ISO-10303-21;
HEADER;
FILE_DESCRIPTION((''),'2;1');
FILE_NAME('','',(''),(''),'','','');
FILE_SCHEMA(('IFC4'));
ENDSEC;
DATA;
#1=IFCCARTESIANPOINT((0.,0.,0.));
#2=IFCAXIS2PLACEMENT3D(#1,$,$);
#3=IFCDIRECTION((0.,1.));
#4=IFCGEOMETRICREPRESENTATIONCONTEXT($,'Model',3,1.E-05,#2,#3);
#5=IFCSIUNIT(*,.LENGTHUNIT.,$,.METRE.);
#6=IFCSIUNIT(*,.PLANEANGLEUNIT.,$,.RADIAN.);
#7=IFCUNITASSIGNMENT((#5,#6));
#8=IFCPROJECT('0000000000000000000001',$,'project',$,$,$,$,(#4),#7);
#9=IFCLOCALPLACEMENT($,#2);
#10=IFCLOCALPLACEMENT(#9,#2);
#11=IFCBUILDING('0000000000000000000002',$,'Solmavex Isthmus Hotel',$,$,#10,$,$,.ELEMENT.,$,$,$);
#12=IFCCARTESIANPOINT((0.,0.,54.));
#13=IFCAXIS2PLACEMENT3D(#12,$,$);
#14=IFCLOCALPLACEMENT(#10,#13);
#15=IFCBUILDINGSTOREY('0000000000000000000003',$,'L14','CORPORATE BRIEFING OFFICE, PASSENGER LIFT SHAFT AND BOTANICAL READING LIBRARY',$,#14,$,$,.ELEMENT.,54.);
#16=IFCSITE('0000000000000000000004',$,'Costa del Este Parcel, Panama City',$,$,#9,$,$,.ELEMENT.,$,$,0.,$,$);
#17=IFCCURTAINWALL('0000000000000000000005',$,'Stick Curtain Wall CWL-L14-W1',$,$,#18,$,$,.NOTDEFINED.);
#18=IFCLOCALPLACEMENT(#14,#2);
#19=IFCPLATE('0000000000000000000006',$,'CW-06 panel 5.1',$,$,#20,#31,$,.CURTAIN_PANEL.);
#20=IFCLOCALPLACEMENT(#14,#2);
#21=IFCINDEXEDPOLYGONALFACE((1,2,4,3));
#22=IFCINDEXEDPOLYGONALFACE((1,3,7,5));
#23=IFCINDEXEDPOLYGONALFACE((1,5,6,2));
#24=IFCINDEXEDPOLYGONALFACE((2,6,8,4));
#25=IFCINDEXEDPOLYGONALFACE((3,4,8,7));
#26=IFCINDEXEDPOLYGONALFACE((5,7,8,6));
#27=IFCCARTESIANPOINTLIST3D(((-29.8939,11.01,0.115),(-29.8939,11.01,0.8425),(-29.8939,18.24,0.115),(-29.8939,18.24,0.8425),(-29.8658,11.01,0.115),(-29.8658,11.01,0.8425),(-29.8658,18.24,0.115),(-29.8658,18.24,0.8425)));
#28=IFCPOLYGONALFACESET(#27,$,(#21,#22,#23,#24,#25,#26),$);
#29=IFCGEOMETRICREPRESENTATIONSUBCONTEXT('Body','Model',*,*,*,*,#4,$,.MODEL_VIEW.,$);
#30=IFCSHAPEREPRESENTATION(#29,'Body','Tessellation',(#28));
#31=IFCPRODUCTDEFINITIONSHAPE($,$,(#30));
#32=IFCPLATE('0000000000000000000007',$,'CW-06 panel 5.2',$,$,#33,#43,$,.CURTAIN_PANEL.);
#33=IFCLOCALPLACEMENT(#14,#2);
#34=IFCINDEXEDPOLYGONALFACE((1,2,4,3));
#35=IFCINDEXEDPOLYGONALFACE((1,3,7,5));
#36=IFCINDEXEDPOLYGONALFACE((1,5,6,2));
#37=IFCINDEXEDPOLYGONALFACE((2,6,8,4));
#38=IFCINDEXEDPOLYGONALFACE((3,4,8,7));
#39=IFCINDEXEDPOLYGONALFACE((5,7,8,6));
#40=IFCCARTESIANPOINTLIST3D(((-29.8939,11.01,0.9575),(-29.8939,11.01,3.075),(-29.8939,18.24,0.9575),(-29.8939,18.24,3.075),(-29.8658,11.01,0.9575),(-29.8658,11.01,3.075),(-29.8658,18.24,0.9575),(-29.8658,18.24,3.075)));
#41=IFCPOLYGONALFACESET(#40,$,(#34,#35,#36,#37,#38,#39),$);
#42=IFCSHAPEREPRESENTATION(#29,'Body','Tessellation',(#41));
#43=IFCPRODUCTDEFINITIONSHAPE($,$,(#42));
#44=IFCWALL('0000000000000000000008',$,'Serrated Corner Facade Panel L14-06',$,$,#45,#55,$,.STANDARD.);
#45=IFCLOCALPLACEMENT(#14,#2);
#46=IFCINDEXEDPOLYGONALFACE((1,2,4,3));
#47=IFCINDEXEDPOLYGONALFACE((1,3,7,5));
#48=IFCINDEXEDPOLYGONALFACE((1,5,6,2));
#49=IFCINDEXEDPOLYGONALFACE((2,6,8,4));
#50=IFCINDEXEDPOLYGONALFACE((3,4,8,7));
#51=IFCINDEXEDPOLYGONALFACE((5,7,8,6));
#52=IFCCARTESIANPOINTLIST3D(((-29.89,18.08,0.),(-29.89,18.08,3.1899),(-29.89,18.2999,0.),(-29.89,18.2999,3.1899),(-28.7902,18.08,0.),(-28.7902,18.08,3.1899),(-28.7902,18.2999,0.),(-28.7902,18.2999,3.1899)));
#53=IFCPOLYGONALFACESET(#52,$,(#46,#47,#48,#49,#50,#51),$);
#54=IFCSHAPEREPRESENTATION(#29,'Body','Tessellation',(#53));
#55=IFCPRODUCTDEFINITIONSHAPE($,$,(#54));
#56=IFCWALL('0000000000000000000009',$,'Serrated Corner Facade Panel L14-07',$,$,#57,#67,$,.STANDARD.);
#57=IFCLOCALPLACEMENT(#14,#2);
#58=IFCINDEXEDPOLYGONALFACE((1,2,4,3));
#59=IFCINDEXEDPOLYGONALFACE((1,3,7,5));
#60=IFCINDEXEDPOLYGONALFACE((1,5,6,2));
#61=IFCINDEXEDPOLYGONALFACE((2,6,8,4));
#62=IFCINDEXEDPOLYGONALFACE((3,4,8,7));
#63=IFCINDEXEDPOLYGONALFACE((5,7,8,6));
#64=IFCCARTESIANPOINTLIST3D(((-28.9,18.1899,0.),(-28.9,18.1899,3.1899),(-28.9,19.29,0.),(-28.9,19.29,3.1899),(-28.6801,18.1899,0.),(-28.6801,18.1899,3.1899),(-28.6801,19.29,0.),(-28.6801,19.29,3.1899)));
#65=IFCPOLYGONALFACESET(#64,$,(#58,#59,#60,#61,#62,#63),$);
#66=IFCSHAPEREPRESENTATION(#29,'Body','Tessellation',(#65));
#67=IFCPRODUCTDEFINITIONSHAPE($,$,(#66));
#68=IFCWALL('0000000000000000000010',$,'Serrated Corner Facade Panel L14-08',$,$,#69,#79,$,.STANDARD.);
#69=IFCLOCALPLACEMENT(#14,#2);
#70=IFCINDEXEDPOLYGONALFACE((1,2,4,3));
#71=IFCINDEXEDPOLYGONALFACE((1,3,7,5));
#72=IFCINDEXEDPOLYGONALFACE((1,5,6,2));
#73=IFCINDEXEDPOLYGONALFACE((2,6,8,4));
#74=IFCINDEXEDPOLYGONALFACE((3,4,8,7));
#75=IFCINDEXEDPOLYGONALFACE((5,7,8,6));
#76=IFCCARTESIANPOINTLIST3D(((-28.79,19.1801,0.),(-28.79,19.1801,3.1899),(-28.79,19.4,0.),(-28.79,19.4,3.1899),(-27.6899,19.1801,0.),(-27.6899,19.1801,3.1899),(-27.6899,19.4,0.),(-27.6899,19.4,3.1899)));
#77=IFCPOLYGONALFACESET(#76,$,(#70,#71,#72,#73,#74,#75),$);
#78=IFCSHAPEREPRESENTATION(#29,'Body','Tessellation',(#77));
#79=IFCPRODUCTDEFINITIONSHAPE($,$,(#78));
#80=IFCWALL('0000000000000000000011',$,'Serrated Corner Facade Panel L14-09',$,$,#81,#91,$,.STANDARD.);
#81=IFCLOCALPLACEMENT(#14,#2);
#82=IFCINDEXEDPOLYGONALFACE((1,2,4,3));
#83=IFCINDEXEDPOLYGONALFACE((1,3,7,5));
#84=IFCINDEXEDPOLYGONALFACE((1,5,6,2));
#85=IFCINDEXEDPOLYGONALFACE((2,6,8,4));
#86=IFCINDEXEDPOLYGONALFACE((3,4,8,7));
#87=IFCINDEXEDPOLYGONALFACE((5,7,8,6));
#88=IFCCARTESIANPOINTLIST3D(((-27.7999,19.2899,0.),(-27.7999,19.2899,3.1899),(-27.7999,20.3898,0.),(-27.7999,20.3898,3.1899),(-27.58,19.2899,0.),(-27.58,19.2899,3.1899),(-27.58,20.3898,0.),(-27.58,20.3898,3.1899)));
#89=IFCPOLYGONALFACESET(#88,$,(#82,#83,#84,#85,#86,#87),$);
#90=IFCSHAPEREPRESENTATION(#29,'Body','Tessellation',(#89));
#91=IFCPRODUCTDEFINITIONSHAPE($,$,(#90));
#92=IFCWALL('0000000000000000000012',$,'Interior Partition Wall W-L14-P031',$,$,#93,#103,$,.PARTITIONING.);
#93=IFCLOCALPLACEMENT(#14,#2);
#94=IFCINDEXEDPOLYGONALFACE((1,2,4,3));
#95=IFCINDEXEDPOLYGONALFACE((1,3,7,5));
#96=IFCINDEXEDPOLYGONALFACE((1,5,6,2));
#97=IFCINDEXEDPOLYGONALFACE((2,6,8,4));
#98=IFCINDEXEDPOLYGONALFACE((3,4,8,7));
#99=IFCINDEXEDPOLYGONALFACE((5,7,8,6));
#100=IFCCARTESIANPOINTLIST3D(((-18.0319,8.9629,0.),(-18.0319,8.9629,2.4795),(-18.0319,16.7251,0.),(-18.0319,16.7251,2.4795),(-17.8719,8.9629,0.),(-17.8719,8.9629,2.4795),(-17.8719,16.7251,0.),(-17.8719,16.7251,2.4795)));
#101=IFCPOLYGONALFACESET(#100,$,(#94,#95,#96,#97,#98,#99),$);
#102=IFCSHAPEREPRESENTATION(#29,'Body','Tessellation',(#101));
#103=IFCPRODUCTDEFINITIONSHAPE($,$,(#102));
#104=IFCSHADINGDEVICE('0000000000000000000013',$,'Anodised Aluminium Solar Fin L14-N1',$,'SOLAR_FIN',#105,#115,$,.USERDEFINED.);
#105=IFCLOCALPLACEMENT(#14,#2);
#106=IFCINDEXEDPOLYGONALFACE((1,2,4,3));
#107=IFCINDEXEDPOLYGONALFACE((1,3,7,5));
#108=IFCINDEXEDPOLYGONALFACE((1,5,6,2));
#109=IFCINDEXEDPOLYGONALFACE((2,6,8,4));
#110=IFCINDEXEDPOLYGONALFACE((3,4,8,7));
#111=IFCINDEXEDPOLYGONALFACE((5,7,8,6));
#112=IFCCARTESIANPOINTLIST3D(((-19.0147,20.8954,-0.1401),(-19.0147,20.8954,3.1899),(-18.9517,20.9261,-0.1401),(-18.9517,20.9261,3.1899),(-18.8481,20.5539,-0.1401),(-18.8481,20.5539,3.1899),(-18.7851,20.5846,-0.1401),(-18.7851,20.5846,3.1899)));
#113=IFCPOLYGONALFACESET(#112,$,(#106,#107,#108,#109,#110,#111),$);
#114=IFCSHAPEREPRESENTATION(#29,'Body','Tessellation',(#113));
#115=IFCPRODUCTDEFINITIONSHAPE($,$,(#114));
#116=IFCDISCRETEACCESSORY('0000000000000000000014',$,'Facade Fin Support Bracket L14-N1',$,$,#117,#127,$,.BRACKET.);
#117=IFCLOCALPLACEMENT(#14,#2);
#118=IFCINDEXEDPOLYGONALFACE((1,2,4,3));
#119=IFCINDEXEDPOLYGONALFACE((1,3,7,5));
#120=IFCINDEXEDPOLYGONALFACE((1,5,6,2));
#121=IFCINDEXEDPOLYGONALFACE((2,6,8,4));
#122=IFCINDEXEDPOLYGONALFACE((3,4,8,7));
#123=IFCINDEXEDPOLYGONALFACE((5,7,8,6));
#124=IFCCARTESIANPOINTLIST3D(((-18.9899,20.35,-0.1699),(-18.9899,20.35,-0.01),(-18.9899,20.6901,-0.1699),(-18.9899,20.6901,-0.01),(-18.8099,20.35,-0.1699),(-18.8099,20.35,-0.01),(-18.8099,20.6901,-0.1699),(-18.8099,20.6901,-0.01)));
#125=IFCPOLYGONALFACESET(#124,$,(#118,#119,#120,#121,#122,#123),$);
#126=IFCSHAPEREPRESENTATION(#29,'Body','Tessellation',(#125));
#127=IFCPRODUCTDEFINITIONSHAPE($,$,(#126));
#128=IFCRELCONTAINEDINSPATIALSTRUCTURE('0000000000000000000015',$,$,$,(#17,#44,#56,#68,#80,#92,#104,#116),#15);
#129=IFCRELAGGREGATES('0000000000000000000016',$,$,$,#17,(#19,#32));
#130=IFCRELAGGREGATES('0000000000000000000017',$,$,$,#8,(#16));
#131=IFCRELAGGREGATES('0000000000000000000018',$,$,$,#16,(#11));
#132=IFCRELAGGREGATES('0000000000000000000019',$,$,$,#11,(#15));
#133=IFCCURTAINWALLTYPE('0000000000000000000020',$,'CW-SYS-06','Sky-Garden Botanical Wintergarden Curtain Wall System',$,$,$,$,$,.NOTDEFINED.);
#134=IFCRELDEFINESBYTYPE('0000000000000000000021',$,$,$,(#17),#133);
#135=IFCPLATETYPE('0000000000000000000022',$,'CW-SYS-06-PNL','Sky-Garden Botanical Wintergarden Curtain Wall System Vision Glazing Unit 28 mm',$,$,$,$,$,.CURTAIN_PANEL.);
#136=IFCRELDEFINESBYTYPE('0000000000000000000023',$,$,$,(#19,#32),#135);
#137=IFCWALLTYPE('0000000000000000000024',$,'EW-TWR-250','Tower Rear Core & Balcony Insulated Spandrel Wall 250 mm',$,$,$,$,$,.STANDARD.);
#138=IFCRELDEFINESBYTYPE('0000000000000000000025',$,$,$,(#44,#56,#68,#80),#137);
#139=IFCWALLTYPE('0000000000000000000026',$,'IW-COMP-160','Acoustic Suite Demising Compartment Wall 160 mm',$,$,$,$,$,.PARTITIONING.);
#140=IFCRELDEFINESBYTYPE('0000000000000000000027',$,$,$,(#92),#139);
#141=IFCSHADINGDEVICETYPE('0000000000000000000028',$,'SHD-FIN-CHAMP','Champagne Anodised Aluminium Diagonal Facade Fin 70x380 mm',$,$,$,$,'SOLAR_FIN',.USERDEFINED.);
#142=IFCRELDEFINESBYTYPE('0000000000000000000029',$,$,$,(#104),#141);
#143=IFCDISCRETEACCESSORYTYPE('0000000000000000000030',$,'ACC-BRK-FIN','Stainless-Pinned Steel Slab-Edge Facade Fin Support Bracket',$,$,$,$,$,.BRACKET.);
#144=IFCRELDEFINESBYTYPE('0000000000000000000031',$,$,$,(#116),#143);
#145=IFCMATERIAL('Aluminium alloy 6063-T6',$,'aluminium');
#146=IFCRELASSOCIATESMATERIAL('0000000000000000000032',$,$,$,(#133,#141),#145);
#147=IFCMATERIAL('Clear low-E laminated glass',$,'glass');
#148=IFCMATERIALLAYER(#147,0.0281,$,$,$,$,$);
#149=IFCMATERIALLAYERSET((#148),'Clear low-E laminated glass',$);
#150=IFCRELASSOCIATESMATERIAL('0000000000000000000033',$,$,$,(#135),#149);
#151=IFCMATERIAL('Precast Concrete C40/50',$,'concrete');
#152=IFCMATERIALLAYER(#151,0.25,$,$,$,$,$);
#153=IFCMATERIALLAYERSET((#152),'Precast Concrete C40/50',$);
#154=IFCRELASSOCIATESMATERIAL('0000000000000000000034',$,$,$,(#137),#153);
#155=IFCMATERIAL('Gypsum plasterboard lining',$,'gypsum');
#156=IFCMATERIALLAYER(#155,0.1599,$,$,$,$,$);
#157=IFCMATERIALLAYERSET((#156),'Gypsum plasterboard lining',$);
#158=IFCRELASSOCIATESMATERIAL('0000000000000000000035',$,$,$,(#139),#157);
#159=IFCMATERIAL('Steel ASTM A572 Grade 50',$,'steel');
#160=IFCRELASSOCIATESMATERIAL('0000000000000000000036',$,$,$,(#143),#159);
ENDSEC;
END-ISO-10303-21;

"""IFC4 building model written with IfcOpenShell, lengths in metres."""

from ifc_helpers import new_model, si_unit, direction, frame, frame_2d, origin, origin_2d, place, context, subcontext, project, spatial, rectangle, extrude, material, layer, layer_set, type_object, element, aggregate, save


model = new_model("IFC4")

# Units and contexts
model_context = context("Model", 3, precision=1e-05, world=origin(), true_north=direction((0.0, 1.0)))
body_context = subcontext(model_context, "Body", "Model", "MODEL_VIEW")
ifc_project = project(units=[si_unit("LENGTHUNIT", "METRE"), si_unit("PLANEANGLEUNIT", "RADIAN")], contexts=[model_context])

# Site, building, storey
site_placement = place(None, origin())
site = spatial("IfcSite", under=ifc_project, at=site_placement, Name="Costa del Este Parcel, Panama City", CompositionType="ELEMENT", RefElevation=0.0)
building_placement = place(site_placement, origin())
building = spatial("IfcBuilding", under=site, at=building_placement, Name="Solmavex Isthmus Hotel", CompositionType="ELEMENT")
storey_placement = place(building_placement, frame((0.0, 0.0, 54.0)))
storey = spatial("IfcBuildingStorey", under=building, at=storey_placement, Name="L14", Description="CORPORATE BRIEFING OFFICE, PASSENGER LIFT SHAFT AND BOTANICAL READING LIBRARY", CompositionType="ELEMENT", Elevation=54.0)

# Shared definitions
ifc_material_1 = material(Name="Aluminium alloy 6063-T6", Category="aluminium")
curtain_wall_type = type_object("IfcCurtainWallType", Name="CW-SYS-06", Description="Sky-Garden Botanical Wintergarden Curtain Wall System", PredefinedType="NOTDEFINED", material=ifc_material_1)

# Curtain wall
curtain_wall_1_placement = place(storey_placement, origin())
curtain_wall_1 = element("IfcCurtainWall", 1, at=curtain_wall_1_placement, inside=storey, type_object=curtain_wall_type, Name="Stick Curtain Wall CWL-L14-W1", PredefinedType="NOTDEFINED")

# Plates
ifc_material_2 = material(Name="Clear low-E laminated glass", Category="glass")
ifc_layer_1 = layer(ifc_material_2, 0.0281)
ifc_layer_set_1 = layer_set([ifc_layer_1], Name="Clear low-E laminated glass")
plate_type = type_object("IfcPlateType", Name="CW-SYS-06-PNL", Description="Sky-Garden Botanical Wintergarden Curtain Wall System Vision Glazing Unit 28 mm", PredefinedType="CURTAIN_PANEL", material=ifc_layer_set_1)
plate_1_placement = place(storey_placement, frame((-29.8799, 14.625, 0.115), z_axis=(0.0, 0.0, 1.0), x_axis=(0.0, 1.0, 0.0)))
plate_1 = element("IfcPlate", 2, at=plate_1_placement, type_object=plate_type, Name="CW-06 panel 5.1", PredefinedType="CURTAIN_PANEL", context=body_context, shape_type="SweptSolid", body=[
    extrude(rectangle(XDim=7.23, YDim=0.0281, at=origin_2d()), origin(), (0.0, 0.0, 1.0), 0.7275),
])
plate_2_placement = place(storey_placement, frame((-29.8799, 14.625, 0.9575), z_axis=(0.0, 0.0, 1.0), x_axis=(0.0, 1.0, 0.0)))
plate_2 = element("IfcPlate", 3, at=plate_2_placement, type_object=plate_type, Name="CW-06 panel 5.2", PredefinedType="CURTAIN_PANEL", context=body_context, shape_type="SweptSolid", body=[
    extrude(rectangle(XDim=7.23, YDim=0.0281, at=origin_2d()), origin(), (0.0, 0.0, 1.0), 2.1174),
])
aggregate(curtain_wall_1, [plate_1, plate_2])

# Walls
ifc_material_3 = material(Name="Precast Concrete C40/50", Category="concrete")
ifc_layer_2 = layer(ifc_material_3, 0.25)
ifc_layer_set_2 = layer_set([ifc_layer_2], Name="Precast Concrete C40/50")
wall_type_1 = type_object("IfcWallType", Name="EW-TWR-250", Description="Tower Rear Core & Balcony Insulated Spandrel Wall 250 mm", PredefinedType="STANDARD", material=ifc_layer_set_2)
wall_1_placement = place(storey_placement, frame((-29.8899, 18.1899, 0.0), z_axis=(0.0, 0.0, 1.0), x_axis=(1.0, 0.0, 0.0)))
element("IfcWall", 4, at=wall_1_placement, inside=storey, type_object=wall_type_1, Name="Serrated Corner Facade Panel L14-06", PredefinedType="STANDARD", context=body_context, shape_type="SweptSolid", body=[
    extrude(rectangle(XDim=1.0999, YDim=0.22, at=frame_2d((0.5498, 0.0))), origin(), (0.0, 0.0, 1.0), 3.1899),
])
for number, where, z_axis, x_axis, name in (
    (5, (-28.79, 18.1899, 0.0), (0.0, 0.0, 1.0), (0.0, 1.0, 0.0), "Serrated Corner Facade Panel L14-07"),
    (6, (-28.79, 19.29, 0.0), (0.0, 0.0, 1.0), (1.0, 0.0, 0.0), "Serrated Corner Facade Panel L14-08"),
):
    element("IfcWall", number, at=place(storey_placement, frame(where, z_axis=z_axis, x_axis=x_axis)), inside=storey, type_object=wall_type_1, Name=name, PredefinedType="STANDARD", context=body_context, shape_type="SweptSolid", body=[
        extrude(rectangle(XDim=1.1001, YDim=0.22, at=frame_2d((0.55, 0.0))), origin(), (0.0, 0.0, 1.0), 3.1899),
    ])
wall_2_placement = place(storey_placement, frame((-27.6899, 19.29, 0.0), z_axis=(0.0, 0.0, 1.0), x_axis=(0.0, 1.0, 0.0)))
element("IfcWall", 7, at=wall_2_placement, inside=storey, type_object=wall_type_1, Name="Serrated Corner Facade Panel L14-09", PredefinedType="STANDARD", context=body_context, shape_type="SweptSolid", body=[
    extrude(rectangle(XDim=1.0999, YDim=0.22, at=frame_2d((0.5498, 0.0))), origin(), (0.0, 0.0, 1.0), 3.1899),
])
ifc_material_4 = material(Name="Gypsum plasterboard lining", Category="gypsum")
ifc_layer_3 = layer(ifc_material_4, 0.1599)
ifc_layer_set_3 = layer_set([ifc_layer_3], Name="Gypsum plasterboard lining")
wall_type_2 = type_object("IfcWallType", Name="IW-COMP-160", Description="Acoustic Suite Demising Compartment Wall 160 mm", PredefinedType="PARTITIONING", material=ifc_layer_set_3)
wall_3_placement = place(storey_placement, frame((-17.9519, 16.7251, 0.0), z_axis=(0.0, 0.0, 1.0), x_axis=(0.0, -1.0, 0.0)))
element("IfcWall", 8, at=wall_3_placement, inside=storey, type_object=wall_type_2, Name="Interior Partition Wall W-L14-P031", PredefinedType="PARTITIONING", context=body_context, shape_type="SweptSolid", body=[
    extrude(rectangle(XDim=7.7622, YDim=0.1599, at=frame_2d((3.8811, 0.0))), origin(), (0.0, 0.0, 1.0), 2.4795),
])

# Shading device
shading_device_type = type_object("IfcShadingDeviceType", Name="SHD-FIN-CHAMP", Description="Champagne Anodised Aluminium Diagonal Facade Fin 70x380 mm", ElementType="SOLAR_FIN", PredefinedType="USERDEFINED", material=ifc_material_1)
shading_device_placement = place(storey_placement, frame((-18.8999, 20.74, -0.1401), z_axis=(0.0, 0.0, 1.0), x_axis=(-0.438371, 0.898794, 0.0)))
element("IfcShadingDevice", 9, at=shading_device_placement, inside=storey, type_object=shading_device_type, Name="Anodised Aluminium Solar Fin L14-N1", ObjectType="SOLAR_FIN", PredefinedType="USERDEFINED", context=body_context, shape_type="SweptSolid", body=[
    extrude(rectangle(XDim=0.3799, YDim=0.0701, at=origin_2d()), origin(), (0.0, 0.0, 1.0), 3.3301),
])

# Discrete accessory
ifc_material_5 = material(Name="Steel ASTM A572 Grade 50", Category="steel")
discrete_accessory_type = type_object("IfcDiscreteAccessoryType", Name="ACC-BRK-FIN", Description="Stainless-Pinned Steel Slab-Edge Facade Fin Support Bracket", PredefinedType="BRACKET", material=ifc_material_5)
discrete_accessory_placement = place(storey_placement, frame((-18.8999, 20.52, -0.1699), z_axis=(0.0, 0.0, 1.0), x_axis=(0.0, 1.0, 0.0)))
element("IfcDiscreteAccessory", 10, at=discrete_accessory_placement, inside=storey, type_object=discrete_accessory_type, Name="Facade Fin Support Bracket L14-N1", PredefinedType="BRACKET", context=body_context, shape_type="SweptSolid", body=[
    extrude(rectangle(XDim=0.3401, YDim=0.1799, at=origin_2d()), origin(), (0.0, 0.0, 1.0), 0.1599),
])

save(model, "model.ifc")
